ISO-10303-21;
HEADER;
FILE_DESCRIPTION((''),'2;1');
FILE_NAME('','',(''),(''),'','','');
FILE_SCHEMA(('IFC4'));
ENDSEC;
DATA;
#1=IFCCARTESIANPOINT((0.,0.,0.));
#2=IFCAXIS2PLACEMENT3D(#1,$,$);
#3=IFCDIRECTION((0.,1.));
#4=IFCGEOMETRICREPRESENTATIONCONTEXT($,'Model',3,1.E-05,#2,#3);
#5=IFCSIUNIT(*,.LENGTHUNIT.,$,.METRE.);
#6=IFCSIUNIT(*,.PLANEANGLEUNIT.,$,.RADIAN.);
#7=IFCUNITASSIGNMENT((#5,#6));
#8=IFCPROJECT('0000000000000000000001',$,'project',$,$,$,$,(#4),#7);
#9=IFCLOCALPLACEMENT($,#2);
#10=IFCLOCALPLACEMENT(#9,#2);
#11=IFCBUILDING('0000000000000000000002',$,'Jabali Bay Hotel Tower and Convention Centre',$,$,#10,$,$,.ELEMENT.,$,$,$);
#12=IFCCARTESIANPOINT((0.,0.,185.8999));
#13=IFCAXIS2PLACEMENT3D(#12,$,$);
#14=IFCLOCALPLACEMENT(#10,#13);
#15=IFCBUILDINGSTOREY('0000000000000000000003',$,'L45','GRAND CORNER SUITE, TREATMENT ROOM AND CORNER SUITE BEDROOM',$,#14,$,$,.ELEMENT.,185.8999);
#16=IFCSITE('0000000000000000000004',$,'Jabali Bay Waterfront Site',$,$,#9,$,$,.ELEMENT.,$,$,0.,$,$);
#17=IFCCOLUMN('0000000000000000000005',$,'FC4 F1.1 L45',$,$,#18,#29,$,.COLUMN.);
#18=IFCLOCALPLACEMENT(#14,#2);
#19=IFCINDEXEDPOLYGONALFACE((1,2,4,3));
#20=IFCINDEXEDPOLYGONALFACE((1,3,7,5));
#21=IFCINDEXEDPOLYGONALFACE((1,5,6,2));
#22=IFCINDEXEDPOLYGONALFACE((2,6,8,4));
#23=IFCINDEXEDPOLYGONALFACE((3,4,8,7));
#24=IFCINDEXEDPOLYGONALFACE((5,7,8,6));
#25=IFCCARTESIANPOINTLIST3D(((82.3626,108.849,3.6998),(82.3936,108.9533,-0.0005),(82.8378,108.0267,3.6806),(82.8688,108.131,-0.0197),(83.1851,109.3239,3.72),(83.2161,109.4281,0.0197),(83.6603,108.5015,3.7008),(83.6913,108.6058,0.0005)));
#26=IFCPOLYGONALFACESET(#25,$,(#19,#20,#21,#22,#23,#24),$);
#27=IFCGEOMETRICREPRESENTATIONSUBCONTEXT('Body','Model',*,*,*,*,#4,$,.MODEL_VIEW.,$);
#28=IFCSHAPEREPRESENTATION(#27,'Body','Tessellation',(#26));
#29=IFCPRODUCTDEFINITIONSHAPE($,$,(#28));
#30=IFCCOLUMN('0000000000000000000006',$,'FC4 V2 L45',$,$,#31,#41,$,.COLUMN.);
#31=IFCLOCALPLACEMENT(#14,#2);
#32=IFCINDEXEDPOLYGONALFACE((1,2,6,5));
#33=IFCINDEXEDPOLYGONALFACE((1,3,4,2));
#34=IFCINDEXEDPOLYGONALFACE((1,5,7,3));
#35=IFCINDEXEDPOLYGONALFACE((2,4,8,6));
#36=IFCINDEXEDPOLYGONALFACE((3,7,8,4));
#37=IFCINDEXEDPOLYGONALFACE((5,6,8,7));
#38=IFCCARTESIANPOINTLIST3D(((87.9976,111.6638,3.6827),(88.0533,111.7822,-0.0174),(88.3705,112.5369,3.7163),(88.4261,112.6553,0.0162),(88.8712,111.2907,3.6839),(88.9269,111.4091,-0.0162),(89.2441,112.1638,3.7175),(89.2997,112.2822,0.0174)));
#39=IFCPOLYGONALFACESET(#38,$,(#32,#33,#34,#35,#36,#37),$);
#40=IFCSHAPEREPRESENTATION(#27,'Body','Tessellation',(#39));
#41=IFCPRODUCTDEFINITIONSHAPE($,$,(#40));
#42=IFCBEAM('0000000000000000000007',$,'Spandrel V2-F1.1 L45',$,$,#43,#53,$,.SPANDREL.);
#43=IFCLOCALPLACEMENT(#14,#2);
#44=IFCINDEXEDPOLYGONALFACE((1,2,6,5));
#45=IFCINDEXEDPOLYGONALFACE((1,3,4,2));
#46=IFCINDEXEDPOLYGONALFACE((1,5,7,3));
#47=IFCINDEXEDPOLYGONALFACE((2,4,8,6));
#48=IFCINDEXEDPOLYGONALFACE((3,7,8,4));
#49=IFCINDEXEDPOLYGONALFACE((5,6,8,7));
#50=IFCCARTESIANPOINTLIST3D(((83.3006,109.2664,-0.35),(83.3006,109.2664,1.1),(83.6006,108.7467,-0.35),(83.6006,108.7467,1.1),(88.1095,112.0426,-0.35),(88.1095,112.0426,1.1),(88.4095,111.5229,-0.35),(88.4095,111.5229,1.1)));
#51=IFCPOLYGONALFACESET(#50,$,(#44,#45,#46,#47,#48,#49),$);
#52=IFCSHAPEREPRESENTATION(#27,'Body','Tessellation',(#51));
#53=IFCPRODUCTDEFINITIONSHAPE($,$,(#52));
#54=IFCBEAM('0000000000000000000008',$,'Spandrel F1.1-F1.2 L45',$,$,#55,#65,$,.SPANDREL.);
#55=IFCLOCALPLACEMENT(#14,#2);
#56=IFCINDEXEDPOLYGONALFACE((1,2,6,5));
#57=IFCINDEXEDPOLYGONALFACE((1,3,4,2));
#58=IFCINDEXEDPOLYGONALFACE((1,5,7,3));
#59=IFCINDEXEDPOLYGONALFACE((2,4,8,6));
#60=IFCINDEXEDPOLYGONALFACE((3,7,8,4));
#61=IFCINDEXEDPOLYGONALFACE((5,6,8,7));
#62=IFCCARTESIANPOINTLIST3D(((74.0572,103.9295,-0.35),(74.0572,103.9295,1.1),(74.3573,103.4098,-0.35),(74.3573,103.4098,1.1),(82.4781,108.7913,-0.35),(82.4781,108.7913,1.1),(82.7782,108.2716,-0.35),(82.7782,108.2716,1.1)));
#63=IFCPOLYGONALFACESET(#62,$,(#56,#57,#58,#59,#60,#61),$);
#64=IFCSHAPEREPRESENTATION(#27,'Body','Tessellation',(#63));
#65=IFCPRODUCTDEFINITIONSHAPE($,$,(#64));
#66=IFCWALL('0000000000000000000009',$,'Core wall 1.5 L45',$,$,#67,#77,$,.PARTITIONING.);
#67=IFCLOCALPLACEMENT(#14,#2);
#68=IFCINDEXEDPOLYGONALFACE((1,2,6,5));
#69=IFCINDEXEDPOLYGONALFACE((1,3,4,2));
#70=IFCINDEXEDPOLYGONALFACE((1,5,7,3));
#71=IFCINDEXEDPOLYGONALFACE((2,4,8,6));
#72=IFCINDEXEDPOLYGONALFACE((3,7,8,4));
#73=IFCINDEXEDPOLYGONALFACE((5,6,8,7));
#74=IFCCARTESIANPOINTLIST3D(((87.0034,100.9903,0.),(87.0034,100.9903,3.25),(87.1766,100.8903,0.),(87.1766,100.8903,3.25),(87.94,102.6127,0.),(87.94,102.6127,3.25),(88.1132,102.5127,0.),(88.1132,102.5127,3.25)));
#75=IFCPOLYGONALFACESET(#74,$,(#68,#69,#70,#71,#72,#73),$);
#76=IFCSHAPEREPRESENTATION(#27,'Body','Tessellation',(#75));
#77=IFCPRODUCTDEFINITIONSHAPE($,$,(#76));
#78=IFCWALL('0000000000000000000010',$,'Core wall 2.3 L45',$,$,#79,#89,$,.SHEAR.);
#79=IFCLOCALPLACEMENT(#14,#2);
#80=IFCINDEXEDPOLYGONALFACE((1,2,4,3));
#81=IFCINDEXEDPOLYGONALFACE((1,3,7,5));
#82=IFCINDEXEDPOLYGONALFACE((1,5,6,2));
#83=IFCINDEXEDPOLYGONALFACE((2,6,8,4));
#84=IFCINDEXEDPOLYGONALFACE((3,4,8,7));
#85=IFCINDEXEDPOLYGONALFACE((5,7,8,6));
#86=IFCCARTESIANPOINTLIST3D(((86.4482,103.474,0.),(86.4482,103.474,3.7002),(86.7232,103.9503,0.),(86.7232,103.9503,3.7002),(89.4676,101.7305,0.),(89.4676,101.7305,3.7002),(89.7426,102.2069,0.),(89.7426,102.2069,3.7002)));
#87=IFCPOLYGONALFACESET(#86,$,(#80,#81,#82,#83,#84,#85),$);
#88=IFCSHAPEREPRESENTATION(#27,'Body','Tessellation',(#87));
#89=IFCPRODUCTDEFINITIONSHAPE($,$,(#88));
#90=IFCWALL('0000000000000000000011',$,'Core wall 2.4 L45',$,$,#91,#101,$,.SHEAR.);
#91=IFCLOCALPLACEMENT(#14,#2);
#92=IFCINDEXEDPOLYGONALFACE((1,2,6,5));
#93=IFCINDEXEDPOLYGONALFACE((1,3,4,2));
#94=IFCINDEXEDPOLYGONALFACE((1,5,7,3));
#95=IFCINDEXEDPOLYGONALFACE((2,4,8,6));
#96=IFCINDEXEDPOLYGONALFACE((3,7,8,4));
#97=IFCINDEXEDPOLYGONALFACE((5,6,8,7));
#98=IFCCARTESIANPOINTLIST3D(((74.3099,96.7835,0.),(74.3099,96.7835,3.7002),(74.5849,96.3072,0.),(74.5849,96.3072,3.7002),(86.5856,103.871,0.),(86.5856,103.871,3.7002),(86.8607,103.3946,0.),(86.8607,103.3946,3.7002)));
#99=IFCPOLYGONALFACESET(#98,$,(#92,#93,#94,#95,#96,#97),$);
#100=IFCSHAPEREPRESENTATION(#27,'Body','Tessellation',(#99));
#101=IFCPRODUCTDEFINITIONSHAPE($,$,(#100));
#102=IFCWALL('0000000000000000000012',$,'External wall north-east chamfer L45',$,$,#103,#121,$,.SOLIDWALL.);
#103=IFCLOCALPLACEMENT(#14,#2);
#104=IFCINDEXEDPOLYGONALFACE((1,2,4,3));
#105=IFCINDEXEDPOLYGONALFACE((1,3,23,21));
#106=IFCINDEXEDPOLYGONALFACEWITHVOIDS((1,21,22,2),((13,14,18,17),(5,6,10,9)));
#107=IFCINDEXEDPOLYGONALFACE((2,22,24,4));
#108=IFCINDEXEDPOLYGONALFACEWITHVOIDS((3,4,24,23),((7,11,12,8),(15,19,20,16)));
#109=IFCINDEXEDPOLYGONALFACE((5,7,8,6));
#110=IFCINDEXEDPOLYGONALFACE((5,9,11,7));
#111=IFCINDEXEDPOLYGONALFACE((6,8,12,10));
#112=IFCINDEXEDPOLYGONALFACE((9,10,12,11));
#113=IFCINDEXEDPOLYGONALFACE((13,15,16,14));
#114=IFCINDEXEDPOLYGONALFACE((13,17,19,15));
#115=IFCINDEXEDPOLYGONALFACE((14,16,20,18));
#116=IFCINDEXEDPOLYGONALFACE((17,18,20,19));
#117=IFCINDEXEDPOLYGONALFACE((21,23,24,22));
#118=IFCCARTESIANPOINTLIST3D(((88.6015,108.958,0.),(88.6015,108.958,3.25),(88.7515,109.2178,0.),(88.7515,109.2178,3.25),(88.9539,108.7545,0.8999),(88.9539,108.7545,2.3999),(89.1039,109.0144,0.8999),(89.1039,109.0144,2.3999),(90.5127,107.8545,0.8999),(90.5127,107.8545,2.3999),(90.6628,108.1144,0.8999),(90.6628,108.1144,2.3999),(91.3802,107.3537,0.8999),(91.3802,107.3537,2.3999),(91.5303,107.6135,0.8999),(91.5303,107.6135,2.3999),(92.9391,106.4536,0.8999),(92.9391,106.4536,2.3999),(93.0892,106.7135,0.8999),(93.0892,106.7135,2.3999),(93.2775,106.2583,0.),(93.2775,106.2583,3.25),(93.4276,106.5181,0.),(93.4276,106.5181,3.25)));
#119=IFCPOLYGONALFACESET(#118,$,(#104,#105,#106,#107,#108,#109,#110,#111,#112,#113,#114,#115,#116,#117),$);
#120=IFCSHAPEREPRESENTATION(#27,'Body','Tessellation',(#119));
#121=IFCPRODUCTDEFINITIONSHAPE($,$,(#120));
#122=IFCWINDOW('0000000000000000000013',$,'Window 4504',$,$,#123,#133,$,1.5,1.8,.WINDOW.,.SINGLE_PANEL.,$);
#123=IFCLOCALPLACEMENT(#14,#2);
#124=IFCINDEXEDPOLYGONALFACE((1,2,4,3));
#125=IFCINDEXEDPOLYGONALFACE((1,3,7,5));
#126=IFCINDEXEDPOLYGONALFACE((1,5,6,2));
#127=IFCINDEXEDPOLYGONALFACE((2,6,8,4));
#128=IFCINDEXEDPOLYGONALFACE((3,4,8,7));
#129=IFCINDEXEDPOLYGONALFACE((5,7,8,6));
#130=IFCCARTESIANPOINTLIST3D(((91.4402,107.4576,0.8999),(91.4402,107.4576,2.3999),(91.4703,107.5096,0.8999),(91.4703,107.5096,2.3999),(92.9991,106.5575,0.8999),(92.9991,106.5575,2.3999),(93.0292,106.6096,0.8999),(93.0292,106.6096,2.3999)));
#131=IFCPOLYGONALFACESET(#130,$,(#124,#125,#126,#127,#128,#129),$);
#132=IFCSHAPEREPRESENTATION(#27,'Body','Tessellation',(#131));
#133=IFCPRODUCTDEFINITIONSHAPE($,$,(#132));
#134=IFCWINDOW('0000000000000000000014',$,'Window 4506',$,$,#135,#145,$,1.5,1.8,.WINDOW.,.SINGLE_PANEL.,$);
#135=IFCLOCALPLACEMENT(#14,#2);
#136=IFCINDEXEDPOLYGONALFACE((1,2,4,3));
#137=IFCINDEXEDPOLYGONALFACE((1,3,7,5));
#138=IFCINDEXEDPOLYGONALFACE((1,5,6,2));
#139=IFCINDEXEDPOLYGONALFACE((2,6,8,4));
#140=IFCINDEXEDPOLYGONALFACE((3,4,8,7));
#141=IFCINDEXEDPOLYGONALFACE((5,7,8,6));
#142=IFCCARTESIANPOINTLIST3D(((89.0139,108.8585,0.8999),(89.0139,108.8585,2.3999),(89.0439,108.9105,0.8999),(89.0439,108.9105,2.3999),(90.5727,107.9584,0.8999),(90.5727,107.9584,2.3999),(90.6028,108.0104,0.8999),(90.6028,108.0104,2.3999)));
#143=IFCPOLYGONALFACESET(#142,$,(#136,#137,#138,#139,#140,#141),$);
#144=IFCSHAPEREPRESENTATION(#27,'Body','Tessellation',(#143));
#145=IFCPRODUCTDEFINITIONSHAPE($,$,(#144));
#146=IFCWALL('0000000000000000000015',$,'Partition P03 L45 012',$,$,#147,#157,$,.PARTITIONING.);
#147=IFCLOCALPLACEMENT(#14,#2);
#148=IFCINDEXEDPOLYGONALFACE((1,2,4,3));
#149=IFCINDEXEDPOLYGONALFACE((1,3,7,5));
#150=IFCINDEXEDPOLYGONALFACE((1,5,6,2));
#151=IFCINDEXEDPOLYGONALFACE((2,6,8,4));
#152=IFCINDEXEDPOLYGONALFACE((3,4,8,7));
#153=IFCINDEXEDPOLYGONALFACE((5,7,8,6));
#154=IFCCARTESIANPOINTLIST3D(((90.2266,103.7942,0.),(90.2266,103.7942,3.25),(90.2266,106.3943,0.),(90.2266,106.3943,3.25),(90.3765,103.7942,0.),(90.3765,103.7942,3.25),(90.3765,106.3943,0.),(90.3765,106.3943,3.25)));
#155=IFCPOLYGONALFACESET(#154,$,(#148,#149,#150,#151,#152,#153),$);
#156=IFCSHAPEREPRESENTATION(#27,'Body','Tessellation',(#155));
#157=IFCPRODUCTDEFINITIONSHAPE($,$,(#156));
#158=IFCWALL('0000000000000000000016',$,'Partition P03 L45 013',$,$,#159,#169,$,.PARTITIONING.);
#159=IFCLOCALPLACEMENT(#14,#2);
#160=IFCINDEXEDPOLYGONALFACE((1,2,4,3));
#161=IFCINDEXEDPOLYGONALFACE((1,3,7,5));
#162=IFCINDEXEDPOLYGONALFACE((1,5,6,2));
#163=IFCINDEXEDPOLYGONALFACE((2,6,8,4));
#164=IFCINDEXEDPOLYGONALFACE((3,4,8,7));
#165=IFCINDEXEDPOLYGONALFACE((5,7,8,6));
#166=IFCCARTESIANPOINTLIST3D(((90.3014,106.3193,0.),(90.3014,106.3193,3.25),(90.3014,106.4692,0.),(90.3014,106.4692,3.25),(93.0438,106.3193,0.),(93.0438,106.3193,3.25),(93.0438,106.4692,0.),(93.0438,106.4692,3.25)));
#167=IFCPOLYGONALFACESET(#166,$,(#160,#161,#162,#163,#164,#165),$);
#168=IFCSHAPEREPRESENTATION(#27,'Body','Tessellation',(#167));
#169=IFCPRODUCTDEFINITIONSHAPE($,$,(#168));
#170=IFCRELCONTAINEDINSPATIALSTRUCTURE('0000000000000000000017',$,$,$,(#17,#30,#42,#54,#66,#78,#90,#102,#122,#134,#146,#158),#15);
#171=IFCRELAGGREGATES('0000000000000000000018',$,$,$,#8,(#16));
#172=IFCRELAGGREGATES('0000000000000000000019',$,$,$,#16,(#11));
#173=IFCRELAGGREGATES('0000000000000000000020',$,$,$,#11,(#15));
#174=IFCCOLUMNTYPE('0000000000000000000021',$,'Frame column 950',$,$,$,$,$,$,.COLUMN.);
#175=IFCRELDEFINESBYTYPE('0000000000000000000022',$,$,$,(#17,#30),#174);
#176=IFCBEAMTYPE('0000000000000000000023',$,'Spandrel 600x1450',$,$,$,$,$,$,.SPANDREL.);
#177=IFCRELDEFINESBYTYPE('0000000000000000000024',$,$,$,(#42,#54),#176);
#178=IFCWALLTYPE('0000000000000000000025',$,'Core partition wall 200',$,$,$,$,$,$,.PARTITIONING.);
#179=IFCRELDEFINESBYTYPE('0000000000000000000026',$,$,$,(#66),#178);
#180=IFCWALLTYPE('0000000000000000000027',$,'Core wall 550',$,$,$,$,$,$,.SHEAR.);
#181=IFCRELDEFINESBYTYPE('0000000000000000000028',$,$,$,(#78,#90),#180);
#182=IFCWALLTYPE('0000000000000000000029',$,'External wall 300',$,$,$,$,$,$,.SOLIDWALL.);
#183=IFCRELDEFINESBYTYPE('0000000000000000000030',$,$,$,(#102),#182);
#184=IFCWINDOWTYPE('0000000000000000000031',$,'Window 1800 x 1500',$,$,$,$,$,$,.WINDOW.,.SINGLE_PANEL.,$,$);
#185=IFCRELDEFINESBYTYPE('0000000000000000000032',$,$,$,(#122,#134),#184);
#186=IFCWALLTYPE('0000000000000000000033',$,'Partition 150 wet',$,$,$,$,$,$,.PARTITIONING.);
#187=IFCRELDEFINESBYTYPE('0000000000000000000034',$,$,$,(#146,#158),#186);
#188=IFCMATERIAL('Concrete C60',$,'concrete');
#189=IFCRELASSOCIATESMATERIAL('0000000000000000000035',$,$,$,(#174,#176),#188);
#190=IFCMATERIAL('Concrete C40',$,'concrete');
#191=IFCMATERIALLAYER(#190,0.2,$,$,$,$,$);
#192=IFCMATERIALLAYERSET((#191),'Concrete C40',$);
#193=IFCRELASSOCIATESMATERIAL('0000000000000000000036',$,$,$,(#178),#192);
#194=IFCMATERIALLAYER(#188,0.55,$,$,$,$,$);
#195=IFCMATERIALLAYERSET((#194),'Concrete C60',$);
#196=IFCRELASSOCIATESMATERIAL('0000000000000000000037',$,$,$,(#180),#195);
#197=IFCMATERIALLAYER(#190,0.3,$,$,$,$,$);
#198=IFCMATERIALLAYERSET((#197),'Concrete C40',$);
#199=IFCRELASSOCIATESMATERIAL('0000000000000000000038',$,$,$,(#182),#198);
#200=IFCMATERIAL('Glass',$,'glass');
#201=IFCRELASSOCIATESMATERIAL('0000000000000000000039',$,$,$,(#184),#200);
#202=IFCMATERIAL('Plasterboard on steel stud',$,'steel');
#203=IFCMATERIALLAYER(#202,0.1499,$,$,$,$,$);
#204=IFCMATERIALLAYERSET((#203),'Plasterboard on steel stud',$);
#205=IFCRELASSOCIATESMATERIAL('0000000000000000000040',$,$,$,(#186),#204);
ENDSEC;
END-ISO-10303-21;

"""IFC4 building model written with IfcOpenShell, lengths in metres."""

from ifc_helpers import new_model, si_unit, direction, frame, frame_2d, origin, origin_2d, place, context, subcontext, project, spatial, rectangle, extrude, material, layer, layer_set, material_profile, profile_set, type_object, element, fill, save


model = new_model("IFC4")

# Units and contexts
model_context = context("Model", 3, precision=1e-05, world=origin(), true_north=direction((0.0, 1.0)))
body_context = subcontext(model_context, "Body", "Model", "MODEL_VIEW")
ifc_project = project(units=[si_unit("LENGTHUNIT", "METRE"), si_unit("PLANEANGLEUNIT", "RADIAN")], contexts=[model_context])

# Site, building, storey
site_placement = place(None, origin())
site = spatial("IfcSite", under=ifc_project, at=site_placement, Name="Jabali Bay Waterfront Site", CompositionType="ELEMENT", RefElevation=0.0)
building_placement = place(site_placement, origin())
building = spatial("IfcBuilding", under=site, at=building_placement, Name="Jabali Bay Hotel Tower and Convention Centre", CompositionType="ELEMENT")
storey_placement = place(building_placement, frame((0.0, 0.0, 185.8999)))
storey = spatial("IfcBuildingStorey", under=building, at=storey_placement, Name="L45", Description="GRAND CORNER SUITE, TREATMENT ROOM AND CORNER SUITE BEDROOM", CompositionType="ELEMENT", Elevation=185.8999)

# Columns
ifc_material_1 = material(Name="Concrete C60", Category="concrete")
ifc_material_profile_1 = material_profile(ifc_material_1, rectangle(XDim=0.95, YDim=0.95, at=origin_2d()), Name="Frame column 950")
ifc_profile_set_1 = profile_set([ifc_material_profile_1], Name="Concrete C60")
column_type = type_object("IfcColumnType", Name="Frame column 950", PredefinedType="COLUMN", material=ifc_profile_set_1)
column_1_placement = place(storey_placement, frame((83.0425, 108.7795, 0.0), z_axis=(-0.008376, -0.028161, 0.999568), x_axis=(0.865854, 0.499842, 0.021338)))
element("IfcColumn", 1, at=column_1_placement, inside=storey, type_object=column_type, Name="FC4 F1.1 L45", PredefinedType="COLUMN", context=body_context, shape_type="SweptSolid", body=[
    extrude(rectangle(XDim=0.95, YDim=0.95, at=origin_2d()), origin(), (0.0, 0.0, 1.0), 3.7019),
])
column_2_placement = place(storey_placement, frame((88.6765, 112.0322, 0.0), z_axis=(-0.015034, -0.031981, 0.999375), x_axis=(0.919641, -0.392758, 0.001266)))
element("IfcColumn", 2, at=column_2_placement, inside=storey, type_object=column_type, Name="FC4 V2 L45", PredefinedType="COLUMN", context=body_context, shape_type="SweptSolid", body=[
    extrude(rectangle(XDim=0.95, YDim=0.95, at=origin_2d()), origin(), (0.0, 0.0, 1.0), 3.7024),
])

# Beams
ifc_material_profile_2 = material_profile(ifc_material_1, rectangle(XDim=0.6001, YDim=1.45, at=origin_2d()), Name="Spandrel 600x1450")
ifc_profile_set_2 = profile_set([ifc_material_profile_2], Name="Concrete C60")
beam_type = type_object("IfcBeamType", Name="Spandrel 600x1450", PredefinedType="SPANDREL", material=ifc_profile_set_2)
beam_1_placement = place(storey_placement, frame((88.2595, 111.7827, 0.375), z_axis=(-0.866046, -0.499965, 0.0), x_axis=(0.499965, -0.866046, 0.0)))
element("IfcBeam", 3, at=beam_1_placement, inside=storey, type_object=beam_type, Name="Spandrel V2-F1.1 L45", PredefinedType="SPANDREL", context=body_context, shape_type="SweptSolid", body=[
    extrude(rectangle(XDim=0.6001, YDim=1.45, at=origin_2d()), origin(), (0.0, 0.0, 1.0), 5.5527),
])
beam_2_placement = place(storey_placement, frame((82.6282, 108.5315, 0.375), z_axis=(-0.866025, -0.500001, 0.0), x_axis=(0.500001, -0.866025, 0.0)))
element("IfcBeam", 4, at=beam_2_placement, inside=storey, type_object=beam_type, Name="Spandrel F1.1-F1.2 L45", PredefinedType="SPANDREL", context=body_context, shape_type="SweptSolid", body=[
    extrude(rectangle(XDim=0.6001, YDim=1.45, at=origin_2d()), origin(), (0.0, 0.0, 1.0), 9.7236),
])

# Walls
ifc_material_2 = material(Name="Concrete C40", Category="concrete")
ifc_layer_1 = layer(ifc_material_2, 0.2)
ifc_layer_set_1 = layer_set([ifc_layer_1], Name="Concrete C40")
wall_type_1 = type_object("IfcWallType", Name="Core partition wall 200", PredefinedType="PARTITIONING", material=ifc_layer_set_1)
wall_1_placement = place(storey_placement, frame((87.0901, 100.9404, 0.0), z_axis=(0.0, 0.0, 1.0), x_axis=(0.499952, 0.866053, 0.0)))
element("IfcWall", 5, at=wall_1_placement, inside=storey, type_object=wall_type_1, Name="Core wall 1.5 L45", PredefinedType="PARTITIONING", context=body_context, shape_type="SweptSolid", body=[
    extrude(rectangle(XDim=1.8733, YDim=0.2, at=frame_2d((0.9365, 0.0))), origin(), (0.0, 0.0, 1.0), 3.25),
])
ifc_layer_2 = layer(ifc_material_1, 0.55)
ifc_layer_set_2 = layer_set([ifc_layer_2], Name="Concrete C60")
wall_type_2 = type_object("IfcWallType", Name="Core wall 550", PredefinedType="SHEAR", material=ifc_layer_set_2)
wall_2_placement = place(storey_placement, frame((89.605, 101.9688, 0.0), z_axis=(0.0, 0.0, 1.0), x_axis=(-0.865998, 0.500048, 0.0)))
element("IfcWall", 6, at=wall_2_placement, inside=storey, type_object=wall_type_2, Name="Core wall 2.3 L45", PredefinedType="SHEAR", context=body_context, shape_type="SweptSolid", body=[
    extrude(rectangle(XDim=3.4866, YDim=0.55, at=frame_2d((1.7432, 0.0))), origin(), (0.0, 0.0, 1.0), 3.7002),
])
wall_3_placement = place(storey_placement, frame((86.7231, 103.6328, 0.0), z_axis=(0.0, 0.0, 1.0), x_axis=(-0.866024, -0.500003, 0.0)))
element("IfcWall", 7, at=wall_3_placement, inside=storey, type_object=wall_type_2, Name="Core wall 2.4 L45", PredefinedType="SHEAR", context=body_context, shape_type="SweptSolid", body=[
    extrude(rectangle(XDim=14.1748, YDim=0.55, at=frame_2d((7.0874, 0.0))), origin(), (0.0, 0.0, 1.0), 3.7002),
])

# Wall, openings, windows
ifc_layer_3 = layer(ifc_material_2, 0.3)
ifc_layer_set_3 = layer_set([ifc_layer_3], Name="Concrete C40")
wall_type_3 = type_object("IfcWallType", Name="External wall 300", PredefinedType="SOLIDWALL", material=ifc_layer_set_3)
wall_4_placement = place(storey_placement, frame((88.6765, 109.0879, 0.0), z_axis=(0.0, 0.0, 1.0), x_axis=(0.866025, -0.5, 0.0)))
wall_4 = element("IfcWall", 8, at=wall_4_placement, inside=storey, type_object=wall_type_3, Name="External wall north-east chamfer L45", PredefinedType="SOLIDWALL", context=body_context, shape_type="SweptSolid", body=[
    extrude(rectangle(XDim=5.3994, YDim=0.3, at=frame_2d((2.6997, 0.0))), origin(), (0.0, 0.0, 1.0), 3.25),
])
opening_1_placement = place(wall_4_placement, frame((3.2087, 0.0, 0.8999)))
opening_1 = element("IfcOpeningElement", 9, at=opening_1_placement, cuts=wall_4, PredefinedType="OPENING", context=body_context, shape_type="SweptSolid", body=[
    extrude(rectangle(XDim=1.8, YDim=1.5, at=frame_2d((0.8999, 0.75))), frame((0.0, 0.1606, 0.0), z_axis=(0.0, -1.0, 0.0), x_axis=(1.0, 0.0, 0.0)), (0.0, 0.0, 1.0), 0.321),
])
opening_2_placement = place(wall_4_placement, frame((0.407, 0.0, 0.8999)))
opening_2 = element("IfcOpeningElement", 10, at=opening_2_placement, cuts=wall_4, PredefinedType="OPENING", context=body_context, shape_type="SweptSolid", body=[
    extrude(rectangle(XDim=1.8, YDim=1.5, at=frame_2d((0.8999, 0.75))), frame((0.0, 0.1606, 0.0), z_axis=(0.0, -1.0, 0.0), x_axis=(1.0, 0.0, 0.0)), (0.0, 0.0, 1.0), 0.321),
])
ifc_material_3 = material(Name="Glass", Category="glass")
window_type = type_object("IfcWindowType", Name="Window 1800 x 1500", PartitioningType="SINGLE_PANEL", PredefinedType="WINDOW", material=ifc_material_3)
window_1_placement = place(opening_1_placement, origin())
window_1 = element("IfcWindow", 11, at=window_1_placement, inside=storey, type_object=window_type, Name="Window 4504", OverallHeight=1.5, OverallWidth=1.8, PartitioningType="SINGLE_PANEL", PredefinedType="WINDOW", context=body_context, shape_type="SweptSolid", body=[
    extrude(rectangle(XDim=1.8, YDim=1.5, at=frame_2d((0.8999, 0.75))), frame((0.0, 0.03, 0.0), z_axis=(0.0, -1.0, 0.0), x_axis=(1.0, 0.0, 0.0)), (0.0, 0.0, 1.0), 0.0601),
])
fill(opening_1, window_1)
window_2_placement = place(opening_2_placement, origin())
window_2 = element("IfcWindow", 12, at=window_2_placement, inside=storey, type_object=window_type, Name="Window 4506", OverallHeight=1.5, OverallWidth=1.8, PartitioningType="SINGLE_PANEL", PredefinedType="WINDOW", context=body_context, shape_type="SweptSolid", body=[
    extrude(rectangle(XDim=1.8, YDim=1.5, at=frame_2d((0.8999, 0.75))), frame((0.0, 0.03, 0.0), z_axis=(0.0, -1.0, 0.0), x_axis=(1.0, 0.0, 0.0)), (0.0, 0.0, 1.0), 0.0601),
])
fill(opening_2, window_2)

# Walls
ifc_material_4 = material(Name="Plasterboard on steel stud", Category="steel")
ifc_layer_4 = layer(ifc_material_4, 0.1499)
ifc_layer_set_4 = layer_set([ifc_layer_4], Name="Plasterboard on steel stud")
wall_type_4 = type_object("IfcWallType", Name="Partition 150 wet", PredefinedType="PARTITIONING", material=ifc_layer_set_4)
wall_5_placement = place(storey_placement, frame((90.3015, 103.7942, 0.0), z_axis=(0.0, 0.0, 1.0), x_axis=(0.0, 1.0, 0.0)))
element("IfcWall", 13, at=wall_5_placement, inside=storey, type_object=wall_type_4, Name="Partition P03 L45 012", PredefinedType="PARTITIONING", context=body_context, shape_type="SweptSolid", body=[
    extrude(rectangle(XDim=2.6001, YDim=0.1499, at=frame_2d((1.3, 0.0))), origin(), (0.0, 0.0, 1.0), 3.25),
])
wall_6_placement = place(storey_placement, frame((90.3015, 106.3943, 0.0), z_axis=(0.0, 0.0, 1.0), x_axis=(1.0, 0.0, 0.0)))
element("IfcWall", 14, at=wall_6_placement, inside=storey, type_object=wall_type_4, Name="Partition P03 L45 013", PredefinedType="PARTITIONING", context=body_context, shape_type="SweptSolid", body=[
    extrude(rectangle(XDim=2.7424, YDim=0.1499, at=frame_2d((1.3711, 0.0))), origin(), (0.0, 0.0, 1.0), 3.25),
])

save(model, "model.ifc")
